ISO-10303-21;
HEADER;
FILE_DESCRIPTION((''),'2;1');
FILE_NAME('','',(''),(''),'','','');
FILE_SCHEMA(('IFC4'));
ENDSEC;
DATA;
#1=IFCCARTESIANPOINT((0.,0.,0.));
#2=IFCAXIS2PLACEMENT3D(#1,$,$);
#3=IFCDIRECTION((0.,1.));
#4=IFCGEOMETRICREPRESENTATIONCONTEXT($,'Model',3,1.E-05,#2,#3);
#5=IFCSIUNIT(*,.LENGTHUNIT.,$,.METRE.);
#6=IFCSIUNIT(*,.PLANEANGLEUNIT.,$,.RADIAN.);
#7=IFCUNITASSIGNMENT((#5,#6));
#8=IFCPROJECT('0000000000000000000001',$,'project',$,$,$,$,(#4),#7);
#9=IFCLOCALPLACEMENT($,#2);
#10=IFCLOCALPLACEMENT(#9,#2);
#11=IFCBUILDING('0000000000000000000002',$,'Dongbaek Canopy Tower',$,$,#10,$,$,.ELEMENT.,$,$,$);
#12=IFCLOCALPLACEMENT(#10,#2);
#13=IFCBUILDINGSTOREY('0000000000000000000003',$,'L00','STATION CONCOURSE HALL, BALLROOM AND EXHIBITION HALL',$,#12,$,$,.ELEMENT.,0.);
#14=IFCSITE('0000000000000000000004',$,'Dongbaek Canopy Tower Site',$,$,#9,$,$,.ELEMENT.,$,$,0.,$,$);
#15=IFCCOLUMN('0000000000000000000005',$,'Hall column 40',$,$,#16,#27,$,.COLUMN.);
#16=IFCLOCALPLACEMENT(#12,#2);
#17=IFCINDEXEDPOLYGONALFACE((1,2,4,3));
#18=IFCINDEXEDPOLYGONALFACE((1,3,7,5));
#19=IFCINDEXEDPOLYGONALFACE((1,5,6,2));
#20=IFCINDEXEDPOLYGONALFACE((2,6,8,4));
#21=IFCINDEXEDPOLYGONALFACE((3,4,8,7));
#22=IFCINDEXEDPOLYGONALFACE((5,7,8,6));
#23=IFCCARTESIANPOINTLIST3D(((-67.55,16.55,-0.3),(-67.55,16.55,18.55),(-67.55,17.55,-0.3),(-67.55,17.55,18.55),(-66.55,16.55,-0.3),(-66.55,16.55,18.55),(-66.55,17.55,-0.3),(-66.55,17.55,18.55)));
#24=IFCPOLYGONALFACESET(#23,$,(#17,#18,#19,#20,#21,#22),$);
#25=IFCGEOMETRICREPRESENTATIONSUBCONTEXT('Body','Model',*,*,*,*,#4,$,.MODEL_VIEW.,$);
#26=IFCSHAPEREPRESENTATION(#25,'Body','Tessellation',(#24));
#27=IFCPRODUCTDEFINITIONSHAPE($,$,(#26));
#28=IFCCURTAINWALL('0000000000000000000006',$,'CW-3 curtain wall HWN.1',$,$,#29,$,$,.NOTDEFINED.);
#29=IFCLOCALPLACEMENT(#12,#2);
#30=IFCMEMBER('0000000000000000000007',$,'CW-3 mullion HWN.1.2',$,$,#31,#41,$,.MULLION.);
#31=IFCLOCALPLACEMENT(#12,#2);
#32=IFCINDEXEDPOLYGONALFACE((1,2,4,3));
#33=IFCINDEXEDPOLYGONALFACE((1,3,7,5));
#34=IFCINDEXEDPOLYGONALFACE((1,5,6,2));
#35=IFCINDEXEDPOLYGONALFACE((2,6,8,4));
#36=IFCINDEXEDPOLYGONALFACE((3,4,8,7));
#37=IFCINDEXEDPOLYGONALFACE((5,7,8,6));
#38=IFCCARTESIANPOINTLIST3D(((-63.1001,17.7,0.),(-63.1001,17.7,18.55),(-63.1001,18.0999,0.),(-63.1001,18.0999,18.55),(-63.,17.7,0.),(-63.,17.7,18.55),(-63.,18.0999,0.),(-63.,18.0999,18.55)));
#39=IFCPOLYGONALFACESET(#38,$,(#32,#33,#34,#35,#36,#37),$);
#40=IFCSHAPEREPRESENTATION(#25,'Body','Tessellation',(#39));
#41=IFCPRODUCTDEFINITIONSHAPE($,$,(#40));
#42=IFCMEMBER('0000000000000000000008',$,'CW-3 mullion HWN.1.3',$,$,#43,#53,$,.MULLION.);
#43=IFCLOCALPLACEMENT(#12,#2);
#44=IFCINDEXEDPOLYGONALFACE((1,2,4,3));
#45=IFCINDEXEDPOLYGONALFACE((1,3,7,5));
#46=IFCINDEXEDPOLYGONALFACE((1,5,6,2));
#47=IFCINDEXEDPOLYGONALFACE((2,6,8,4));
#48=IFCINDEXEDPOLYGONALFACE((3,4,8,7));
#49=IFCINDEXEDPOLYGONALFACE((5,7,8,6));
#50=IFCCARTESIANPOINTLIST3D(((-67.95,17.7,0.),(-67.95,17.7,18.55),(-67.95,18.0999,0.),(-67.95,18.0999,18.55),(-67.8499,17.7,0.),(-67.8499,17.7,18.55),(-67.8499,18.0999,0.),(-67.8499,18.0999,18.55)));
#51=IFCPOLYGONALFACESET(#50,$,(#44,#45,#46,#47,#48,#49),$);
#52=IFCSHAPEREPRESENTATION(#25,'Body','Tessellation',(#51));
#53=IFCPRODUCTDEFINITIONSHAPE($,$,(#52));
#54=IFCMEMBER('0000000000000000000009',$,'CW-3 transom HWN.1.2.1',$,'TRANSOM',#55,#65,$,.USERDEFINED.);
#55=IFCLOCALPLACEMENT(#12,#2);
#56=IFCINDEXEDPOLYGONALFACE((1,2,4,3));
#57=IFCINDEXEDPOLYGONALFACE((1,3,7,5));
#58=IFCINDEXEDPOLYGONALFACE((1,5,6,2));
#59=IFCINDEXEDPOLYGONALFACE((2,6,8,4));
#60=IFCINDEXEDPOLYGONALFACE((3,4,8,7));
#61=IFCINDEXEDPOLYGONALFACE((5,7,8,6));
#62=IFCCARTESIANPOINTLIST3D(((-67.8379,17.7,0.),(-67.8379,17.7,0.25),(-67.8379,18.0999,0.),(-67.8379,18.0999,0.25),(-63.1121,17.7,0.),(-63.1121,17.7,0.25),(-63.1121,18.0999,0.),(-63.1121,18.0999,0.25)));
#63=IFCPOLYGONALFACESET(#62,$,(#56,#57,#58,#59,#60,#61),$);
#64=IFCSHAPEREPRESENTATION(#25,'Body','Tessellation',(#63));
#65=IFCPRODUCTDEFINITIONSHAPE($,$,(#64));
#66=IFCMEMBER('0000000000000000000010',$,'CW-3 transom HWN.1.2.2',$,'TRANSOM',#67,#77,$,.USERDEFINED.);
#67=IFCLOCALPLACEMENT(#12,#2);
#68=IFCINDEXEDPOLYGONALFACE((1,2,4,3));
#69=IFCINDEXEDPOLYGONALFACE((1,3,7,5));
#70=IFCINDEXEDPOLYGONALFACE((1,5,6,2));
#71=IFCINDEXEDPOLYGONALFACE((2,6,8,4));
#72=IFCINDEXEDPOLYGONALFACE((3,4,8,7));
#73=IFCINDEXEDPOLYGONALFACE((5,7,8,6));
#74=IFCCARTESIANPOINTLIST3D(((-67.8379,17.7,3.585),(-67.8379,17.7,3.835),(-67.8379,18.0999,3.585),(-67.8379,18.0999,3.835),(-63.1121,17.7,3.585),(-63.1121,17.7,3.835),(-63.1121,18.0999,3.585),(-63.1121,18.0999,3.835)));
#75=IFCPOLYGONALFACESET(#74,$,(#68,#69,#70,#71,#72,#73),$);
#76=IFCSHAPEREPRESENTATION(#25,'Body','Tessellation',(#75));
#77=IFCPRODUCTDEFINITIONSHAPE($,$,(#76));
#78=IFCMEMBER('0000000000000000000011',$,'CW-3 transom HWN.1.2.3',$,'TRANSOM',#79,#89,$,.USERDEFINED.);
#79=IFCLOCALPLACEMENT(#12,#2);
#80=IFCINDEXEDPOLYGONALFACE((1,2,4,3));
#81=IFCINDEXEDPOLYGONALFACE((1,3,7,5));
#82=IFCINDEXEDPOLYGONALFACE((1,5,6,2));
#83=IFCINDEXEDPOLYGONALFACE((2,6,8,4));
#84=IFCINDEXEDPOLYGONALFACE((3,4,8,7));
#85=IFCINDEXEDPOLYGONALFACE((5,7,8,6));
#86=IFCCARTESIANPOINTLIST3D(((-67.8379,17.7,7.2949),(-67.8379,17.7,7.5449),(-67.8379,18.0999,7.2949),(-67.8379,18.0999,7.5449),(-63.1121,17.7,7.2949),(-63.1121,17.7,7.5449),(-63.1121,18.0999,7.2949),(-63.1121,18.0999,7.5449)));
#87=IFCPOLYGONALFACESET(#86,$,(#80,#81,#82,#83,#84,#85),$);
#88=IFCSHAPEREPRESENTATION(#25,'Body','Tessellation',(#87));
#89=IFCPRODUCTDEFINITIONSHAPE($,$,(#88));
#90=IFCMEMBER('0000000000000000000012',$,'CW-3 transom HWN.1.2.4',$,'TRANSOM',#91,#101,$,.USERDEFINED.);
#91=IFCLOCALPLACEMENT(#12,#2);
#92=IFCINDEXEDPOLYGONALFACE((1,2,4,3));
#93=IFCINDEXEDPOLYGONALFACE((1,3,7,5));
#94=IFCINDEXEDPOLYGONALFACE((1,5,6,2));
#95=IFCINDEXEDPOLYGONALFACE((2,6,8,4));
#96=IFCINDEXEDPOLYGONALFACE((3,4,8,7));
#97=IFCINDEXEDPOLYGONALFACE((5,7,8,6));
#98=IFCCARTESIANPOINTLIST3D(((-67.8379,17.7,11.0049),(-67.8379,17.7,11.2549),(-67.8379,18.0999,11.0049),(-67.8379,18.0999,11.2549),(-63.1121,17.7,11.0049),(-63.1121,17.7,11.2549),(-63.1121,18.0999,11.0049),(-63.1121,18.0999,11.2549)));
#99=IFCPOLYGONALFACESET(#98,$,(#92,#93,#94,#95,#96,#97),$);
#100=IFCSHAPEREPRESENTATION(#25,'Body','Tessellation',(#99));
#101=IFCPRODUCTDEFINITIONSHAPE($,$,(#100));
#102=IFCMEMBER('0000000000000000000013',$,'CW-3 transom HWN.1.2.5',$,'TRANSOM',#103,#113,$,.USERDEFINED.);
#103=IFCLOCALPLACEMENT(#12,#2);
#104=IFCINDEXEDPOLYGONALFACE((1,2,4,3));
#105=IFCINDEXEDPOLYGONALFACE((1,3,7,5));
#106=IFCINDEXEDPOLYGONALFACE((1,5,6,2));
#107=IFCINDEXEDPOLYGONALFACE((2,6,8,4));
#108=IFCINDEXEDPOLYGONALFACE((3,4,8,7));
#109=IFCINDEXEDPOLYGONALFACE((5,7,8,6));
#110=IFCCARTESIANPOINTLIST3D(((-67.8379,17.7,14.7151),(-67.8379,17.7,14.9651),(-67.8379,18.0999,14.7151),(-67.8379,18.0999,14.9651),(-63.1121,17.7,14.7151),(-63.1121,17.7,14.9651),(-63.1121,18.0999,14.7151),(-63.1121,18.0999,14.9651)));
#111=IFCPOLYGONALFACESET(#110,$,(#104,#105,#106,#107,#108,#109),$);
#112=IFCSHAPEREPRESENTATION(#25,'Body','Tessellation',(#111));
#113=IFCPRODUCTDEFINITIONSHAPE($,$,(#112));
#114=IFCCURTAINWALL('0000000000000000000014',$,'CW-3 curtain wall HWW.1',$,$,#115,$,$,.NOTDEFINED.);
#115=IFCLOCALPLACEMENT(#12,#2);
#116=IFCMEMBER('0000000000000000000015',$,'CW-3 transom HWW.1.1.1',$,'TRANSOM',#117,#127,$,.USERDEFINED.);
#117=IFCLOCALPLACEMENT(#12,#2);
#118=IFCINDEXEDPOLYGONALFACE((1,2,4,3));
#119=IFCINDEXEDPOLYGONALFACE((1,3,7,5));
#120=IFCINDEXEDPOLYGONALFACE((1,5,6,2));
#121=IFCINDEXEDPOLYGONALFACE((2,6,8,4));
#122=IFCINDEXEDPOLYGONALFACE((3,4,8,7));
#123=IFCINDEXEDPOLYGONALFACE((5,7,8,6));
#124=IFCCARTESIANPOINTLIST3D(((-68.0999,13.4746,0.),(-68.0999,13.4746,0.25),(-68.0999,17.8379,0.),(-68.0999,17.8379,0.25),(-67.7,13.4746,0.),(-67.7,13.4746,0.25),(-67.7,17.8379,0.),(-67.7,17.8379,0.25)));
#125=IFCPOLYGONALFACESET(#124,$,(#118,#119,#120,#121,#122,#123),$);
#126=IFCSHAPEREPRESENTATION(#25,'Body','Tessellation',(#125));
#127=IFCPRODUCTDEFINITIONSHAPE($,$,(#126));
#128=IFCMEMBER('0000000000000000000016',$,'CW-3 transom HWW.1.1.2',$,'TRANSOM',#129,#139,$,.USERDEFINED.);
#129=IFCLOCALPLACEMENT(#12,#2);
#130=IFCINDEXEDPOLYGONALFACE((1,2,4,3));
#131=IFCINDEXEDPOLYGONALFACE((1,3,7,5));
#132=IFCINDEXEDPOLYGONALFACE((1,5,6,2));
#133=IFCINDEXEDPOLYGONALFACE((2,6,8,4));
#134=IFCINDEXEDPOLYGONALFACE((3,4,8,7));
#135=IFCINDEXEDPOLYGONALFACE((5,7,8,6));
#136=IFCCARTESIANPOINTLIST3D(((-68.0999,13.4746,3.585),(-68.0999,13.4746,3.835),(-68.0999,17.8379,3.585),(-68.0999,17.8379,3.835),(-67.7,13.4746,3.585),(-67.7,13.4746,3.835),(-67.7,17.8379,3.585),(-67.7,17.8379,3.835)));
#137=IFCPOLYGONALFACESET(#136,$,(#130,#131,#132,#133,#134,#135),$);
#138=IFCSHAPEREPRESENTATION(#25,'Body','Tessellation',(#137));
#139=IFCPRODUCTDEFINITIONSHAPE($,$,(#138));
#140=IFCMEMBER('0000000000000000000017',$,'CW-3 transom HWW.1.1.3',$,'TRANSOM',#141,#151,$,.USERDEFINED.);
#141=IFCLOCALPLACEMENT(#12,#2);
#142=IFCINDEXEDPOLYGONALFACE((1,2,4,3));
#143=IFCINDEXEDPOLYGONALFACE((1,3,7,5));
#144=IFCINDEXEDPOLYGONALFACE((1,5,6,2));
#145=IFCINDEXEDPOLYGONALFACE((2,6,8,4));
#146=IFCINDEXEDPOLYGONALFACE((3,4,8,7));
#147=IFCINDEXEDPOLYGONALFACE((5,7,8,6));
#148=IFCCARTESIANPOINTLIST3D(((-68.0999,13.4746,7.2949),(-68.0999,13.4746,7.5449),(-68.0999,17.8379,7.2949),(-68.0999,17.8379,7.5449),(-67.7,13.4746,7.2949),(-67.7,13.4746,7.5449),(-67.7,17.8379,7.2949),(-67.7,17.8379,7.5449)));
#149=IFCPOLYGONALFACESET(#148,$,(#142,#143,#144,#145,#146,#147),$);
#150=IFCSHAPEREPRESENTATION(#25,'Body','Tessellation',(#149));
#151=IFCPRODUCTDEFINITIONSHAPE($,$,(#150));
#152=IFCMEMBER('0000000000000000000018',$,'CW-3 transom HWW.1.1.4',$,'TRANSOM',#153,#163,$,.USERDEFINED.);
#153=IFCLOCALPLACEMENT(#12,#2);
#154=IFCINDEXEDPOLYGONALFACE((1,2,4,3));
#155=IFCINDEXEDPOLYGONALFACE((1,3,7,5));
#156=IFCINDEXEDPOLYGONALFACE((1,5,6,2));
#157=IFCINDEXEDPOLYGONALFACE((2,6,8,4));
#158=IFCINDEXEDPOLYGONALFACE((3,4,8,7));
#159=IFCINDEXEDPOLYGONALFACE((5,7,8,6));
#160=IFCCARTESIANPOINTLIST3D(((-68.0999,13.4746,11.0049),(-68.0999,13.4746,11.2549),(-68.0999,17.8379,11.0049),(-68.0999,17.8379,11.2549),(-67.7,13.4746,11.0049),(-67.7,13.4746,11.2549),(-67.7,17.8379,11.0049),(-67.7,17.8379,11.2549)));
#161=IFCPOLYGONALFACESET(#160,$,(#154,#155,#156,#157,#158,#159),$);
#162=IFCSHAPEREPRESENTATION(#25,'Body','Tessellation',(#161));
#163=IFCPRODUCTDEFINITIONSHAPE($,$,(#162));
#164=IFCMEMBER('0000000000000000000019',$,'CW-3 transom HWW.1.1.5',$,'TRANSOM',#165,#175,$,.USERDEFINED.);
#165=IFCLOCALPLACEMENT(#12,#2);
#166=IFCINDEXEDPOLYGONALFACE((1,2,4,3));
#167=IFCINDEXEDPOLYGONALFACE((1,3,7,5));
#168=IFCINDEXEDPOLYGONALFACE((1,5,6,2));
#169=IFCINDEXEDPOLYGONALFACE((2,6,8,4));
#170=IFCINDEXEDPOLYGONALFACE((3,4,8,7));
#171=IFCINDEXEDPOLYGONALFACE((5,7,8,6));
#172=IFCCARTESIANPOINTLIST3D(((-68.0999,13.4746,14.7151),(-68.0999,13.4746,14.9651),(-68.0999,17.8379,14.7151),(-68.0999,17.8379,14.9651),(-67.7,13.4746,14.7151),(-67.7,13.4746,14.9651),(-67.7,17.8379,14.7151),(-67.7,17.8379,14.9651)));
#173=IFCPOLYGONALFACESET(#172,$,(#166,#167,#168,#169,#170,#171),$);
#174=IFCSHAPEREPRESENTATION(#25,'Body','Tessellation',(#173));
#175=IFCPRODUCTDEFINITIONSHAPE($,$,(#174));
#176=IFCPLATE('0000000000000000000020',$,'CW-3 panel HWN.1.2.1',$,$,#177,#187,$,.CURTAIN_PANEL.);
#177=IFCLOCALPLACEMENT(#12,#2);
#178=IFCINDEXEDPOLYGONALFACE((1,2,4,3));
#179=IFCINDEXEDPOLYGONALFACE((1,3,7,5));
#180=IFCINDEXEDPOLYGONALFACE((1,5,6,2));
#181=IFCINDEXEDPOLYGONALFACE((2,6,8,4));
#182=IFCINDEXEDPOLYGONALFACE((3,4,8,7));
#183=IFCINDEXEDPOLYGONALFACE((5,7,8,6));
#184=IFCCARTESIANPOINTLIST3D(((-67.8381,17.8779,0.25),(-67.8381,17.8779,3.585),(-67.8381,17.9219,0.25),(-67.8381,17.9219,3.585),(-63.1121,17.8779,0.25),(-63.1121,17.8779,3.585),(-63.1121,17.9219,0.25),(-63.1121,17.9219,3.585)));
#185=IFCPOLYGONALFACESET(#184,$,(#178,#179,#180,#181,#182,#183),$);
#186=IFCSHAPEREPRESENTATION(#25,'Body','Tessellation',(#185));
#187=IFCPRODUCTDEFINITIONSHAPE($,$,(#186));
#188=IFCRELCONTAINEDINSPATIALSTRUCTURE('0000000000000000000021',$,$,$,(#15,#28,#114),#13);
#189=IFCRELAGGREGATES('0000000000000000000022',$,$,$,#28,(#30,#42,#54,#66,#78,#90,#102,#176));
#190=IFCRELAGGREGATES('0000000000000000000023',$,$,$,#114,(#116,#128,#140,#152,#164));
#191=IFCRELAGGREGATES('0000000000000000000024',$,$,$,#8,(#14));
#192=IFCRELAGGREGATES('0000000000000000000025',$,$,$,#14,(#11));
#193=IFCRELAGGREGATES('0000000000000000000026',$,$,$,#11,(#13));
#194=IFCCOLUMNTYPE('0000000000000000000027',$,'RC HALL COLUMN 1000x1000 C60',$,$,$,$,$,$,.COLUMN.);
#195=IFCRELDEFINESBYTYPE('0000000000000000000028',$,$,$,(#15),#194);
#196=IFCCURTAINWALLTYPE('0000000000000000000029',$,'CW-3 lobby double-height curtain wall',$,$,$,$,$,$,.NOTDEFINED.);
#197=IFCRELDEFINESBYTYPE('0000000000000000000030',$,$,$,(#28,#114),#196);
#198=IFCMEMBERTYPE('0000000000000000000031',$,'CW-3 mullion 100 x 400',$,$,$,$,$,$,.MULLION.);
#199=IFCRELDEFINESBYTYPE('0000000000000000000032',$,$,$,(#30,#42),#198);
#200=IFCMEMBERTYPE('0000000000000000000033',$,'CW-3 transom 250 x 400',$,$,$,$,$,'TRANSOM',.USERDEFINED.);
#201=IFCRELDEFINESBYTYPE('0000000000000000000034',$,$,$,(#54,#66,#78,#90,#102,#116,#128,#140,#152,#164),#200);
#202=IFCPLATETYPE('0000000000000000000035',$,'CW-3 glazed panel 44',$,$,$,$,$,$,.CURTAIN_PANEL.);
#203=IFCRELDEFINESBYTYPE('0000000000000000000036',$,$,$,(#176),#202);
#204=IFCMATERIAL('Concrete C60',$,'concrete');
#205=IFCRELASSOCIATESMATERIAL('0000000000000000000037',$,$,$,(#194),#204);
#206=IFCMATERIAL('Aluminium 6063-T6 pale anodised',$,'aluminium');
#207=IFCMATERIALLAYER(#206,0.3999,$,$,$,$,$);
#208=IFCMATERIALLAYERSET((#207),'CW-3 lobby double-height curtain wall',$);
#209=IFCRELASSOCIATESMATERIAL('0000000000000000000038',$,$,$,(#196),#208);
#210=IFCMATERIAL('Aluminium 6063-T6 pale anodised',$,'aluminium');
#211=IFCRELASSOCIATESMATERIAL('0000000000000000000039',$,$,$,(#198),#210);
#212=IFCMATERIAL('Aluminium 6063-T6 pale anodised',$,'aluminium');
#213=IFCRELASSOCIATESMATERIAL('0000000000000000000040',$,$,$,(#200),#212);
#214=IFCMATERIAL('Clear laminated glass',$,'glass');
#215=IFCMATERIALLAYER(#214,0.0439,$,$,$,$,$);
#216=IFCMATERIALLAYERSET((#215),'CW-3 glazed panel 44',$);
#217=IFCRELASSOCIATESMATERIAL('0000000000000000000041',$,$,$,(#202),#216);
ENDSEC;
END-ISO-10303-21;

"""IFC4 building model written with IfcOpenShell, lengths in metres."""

from ifc_helpers import new_model, si_unit, direction, frame, origin, origin_2d, place, context, subcontext, project, spatial, rectangle, extrude, material, layer, layer_set, material_profile, profile_set, type_object, element, aggregate, save


model = new_model("IFC4")

# Units and contexts
model_context = context("Model", 3, precision=1e-05, world=origin(), true_north=direction((0.0, 1.0)))
body_context = subcontext(model_context, "Body", "Model", "MODEL_VIEW")
ifc_project = project(units=[si_unit("LENGTHUNIT", "METRE"), si_unit("PLANEANGLEUNIT", "RADIAN")], contexts=[model_context])

# Site, building, storey
site_placement = place(None, origin())
site = spatial("IfcSite", under=ifc_project, at=site_placement, Name="Dongbaek Canopy Tower Site", CompositionType="ELEMENT", RefElevation=0.0)
building_placement = place(site_placement, origin())
building = spatial("IfcBuilding", under=site, at=building_placement, Name="Dongbaek Canopy Tower", CompositionType="ELEMENT")
storey_placement = place(building_placement, origin())
storey = spatial("IfcBuildingStorey", under=building, at=storey_placement, Name="L00", Description="STATION CONCOURSE HALL, BALLROOM AND EXHIBITION HALL", CompositionType="ELEMENT", Elevation=0.0)

# Column
ifc_material_1 = material(Name="Concrete C60", Category="concrete")
ifc_material_profile_1 = material_profile(ifc_material_1, rectangle(XDim=1.0, YDim=1.0, at=origin_2d()), Name="RC HALL COLUMN 1000x1000 C60")
ifc_profile_set_1 = profile_set([ifc_material_profile_1], Name="Concrete C60")
column_type = type_object("IfcColumnType", Name="RC HALL COLUMN 1000x1000 C60", PredefinedType="COLUMN", material=ifc_profile_set_1)
column_placement = place(storey_placement, frame((-67.05, 17.05, -0.3), z_axis=(0.0, 0.0, 1.0), x_axis=(1.0, 0.0, 0.0)))
element("IfcColumn", 1, at=column_placement, inside=storey, type_object=column_type, Name="Hall column 40", PredefinedType="COLUMN", context=body_context, shape_type="SweptSolid", body=[
    extrude(rectangle(XDim=1.0, YDim=1.0, at=origin_2d()), origin(), (0.0, 0.0, 1.0), 18.8501),
])

# Curtain walls, members
ifc_material_2 = material(Name="Aluminium 6063-T6 pale anodised", Category="aluminium")
ifc_layer_1 = layer(ifc_material_2, 0.3999)
ifc_layer_set_1 = layer_set([ifc_layer_1], Name="CW-3 lobby double-height curtain wall")
curtain_wall_type = type_object("IfcCurtainWallType", Name="CW-3 lobby double-height curtain wall", PredefinedType="NOTDEFINED", material=ifc_layer_set_1)
curtain_wall_1_placement = place(storey_placement, origin())
curtain_wall_1 = element("IfcCurtainWall", 2, at=curtain_wall_1_placement, inside=storey, type_object=curtain_wall_type, Name="CW-3 curtain wall HWN.1", PredefinedType="NOTDEFINED")
ifc_material_3 = material(Name="Aluminium 6063-T6 pale anodised", Category="aluminium")
ifc_material_profile_2 = material_profile(ifc_material_3, rectangle(XDim=0.3999, YDim=0.1001, at=origin_2d()), Name="CW-3 mullion 100 x 400")
ifc_profile_set_2 = profile_set([ifc_material_profile_2], Name="Aluminium 6063-T6 pale anodised")
member_type_1 = type_object("IfcMemberType", Name="CW-3 mullion 100 x 400", PredefinedType="MULLION", material=ifc_profile_set_2)
member_1_placement = place(storey_placement, frame((-63.05, 17.8999, 0.0), z_axis=(0.0, 0.0, 1.0), x_axis=(0.0, 1.0, 0.0)))
member_1 = element("IfcMember", 3, at=member_1_placement, type_object=member_type_1, Name="CW-3 mullion HWN.1.2", PredefinedType="MULLION", context=body_context, shape_type="SweptSolid", body=[
    extrude(rectangle(XDim=0.3999, YDim=0.1001, at=origin_2d()), origin(), (0.0, 0.0, 1.0), 18.55),
])
member_2_placement = place(storey_placement, frame((-67.8999, 17.8999, 0.0), z_axis=(0.0, 0.0, 1.0), x_axis=(0.0, 1.0, 0.0)))
member_2 = element("IfcMember", 4, at=member_2_placement, type_object=member_type_1, Name="CW-3 mullion HWN.1.3", PredefinedType="MULLION", context=body_context, shape_type="SweptSolid", body=[
    extrude(rectangle(XDim=0.3999, YDim=0.1001, at=origin_2d()), origin(), (0.0, 0.0, 1.0), 18.55),
])
ifc_material_4 = material(Name="Aluminium 6063-T6 pale anodised", Category="aluminium")
ifc_material_profile_3 = material_profile(ifc_material_4, rectangle(XDim=0.3999, YDim=0.25, at=origin_2d()), Name="CW-3 transom 250 x 400")
ifc_profile_set_3 = profile_set([ifc_material_profile_3], Name="Aluminium 6063-T6 pale anodised")
member_type_2 = type_object("IfcMemberType", Name="CW-3 transom 250 x 400", ElementType="TRANSOM", PredefinedType="USERDEFINED", material=ifc_profile_set_3)
member_3_placement = place(storey_placement, frame((-63.1121, 17.8999, 0.125), z_axis=(-1.0, 0.0, 0.0), x_axis=(0.0, -1.0, 0.0)))
member_3 = element("IfcMember", 5, at=member_3_placement, type_object=member_type_2, Name="CW-3 transom HWN.1.2.1", ObjectType="TRANSOM", PredefinedType="USERDEFINED", context=body_context, shape_type="SweptSolid", body=[
    extrude(rectangle(XDim=0.3999, YDim=0.25, at=origin_2d()), origin(), (0.0, 0.0, 1.0), 4.7258),
])
member_4_placement = place(storey_placement, frame((-63.1121, 17.8999, 3.71), z_axis=(-1.0, 0.0, 0.0), x_axis=(0.0, -1.0, 0.0)))
member_4 = element("IfcMember", 6, at=member_4_placement, type_object=member_type_2, Name="CW-3 transom HWN.1.2.2", ObjectType="TRANSOM", PredefinedType="USERDEFINED", context=body_context, shape_type="SweptSolid", body=[
    extrude(rectangle(XDim=0.3999, YDim=0.25, at=origin_2d()), origin(), (0.0, 0.0, 1.0), 4.7258),
])
member_5_placement = place(storey_placement, frame((-63.1121, 17.8999, 7.4199), z_axis=(-1.0, 0.0, 0.0), x_axis=(0.0, -1.0, 0.0)))
member_5 = element("IfcMember", 7, at=member_5_placement, type_object=member_type_2, Name="CW-3 transom HWN.1.2.3", ObjectType="TRANSOM", PredefinedType="USERDEFINED", context=body_context, shape_type="SweptSolid", body=[
    extrude(rectangle(XDim=0.3999, YDim=0.25, at=origin_2d()), origin(), (0.0, 0.0, 1.0), 4.7258),
])
member_6_placement = place(storey_placement, frame((-63.1121, 17.8999, 11.1299), z_axis=(-1.0, 0.0, 0.0), x_axis=(0.0, -1.0, 0.0)))
member_6 = element("IfcMember", 8, at=member_6_placement, type_object=member_type_2, Name="CW-3 transom HWN.1.2.4", ObjectType="TRANSOM", PredefinedType="USERDEFINED", context=body_context, shape_type="SweptSolid", body=[
    extrude(rectangle(XDim=0.3999, YDim=0.25, at=origin_2d()), origin(), (0.0, 0.0, 1.0), 4.7258),
])
member_7_placement = place(storey_placement, frame((-63.1121, 17.8999, 14.8401), z_axis=(-1.0, 0.0, 0.0), x_axis=(0.0, -1.0, 0.0)))
member_7 = element("IfcMember", 9, at=member_7_placement, type_object=member_type_2, Name="CW-3 transom HWN.1.2.5", ObjectType="TRANSOM", PredefinedType="USERDEFINED", context=body_context, shape_type="SweptSolid", body=[
    extrude(rectangle(XDim=0.3999, YDim=0.25, at=origin_2d()), origin(), (0.0, 0.0, 1.0), 4.7258),
])
curtain_wall_2_placement = place(storey_placement, origin())
curtain_wall_2 = element("IfcCurtainWall", 10, at=curtain_wall_2_placement, inside=storey, type_object=curtain_wall_type, Name="CW-3 curtain wall HWW.1", PredefinedType="NOTDEFINED")
member_8_placement = place(storey_placement, frame((-67.8999, 17.8379, 0.125), z_axis=(0.0, -1.0, 0.0), x_axis=(1.0, 0.0, 0.0)))
member_8 = element("IfcMember", 11, at=member_8_placement, type_object=member_type_2, Name="CW-3 transom HWW.1.1.1", ObjectType="TRANSOM", PredefinedType="USERDEFINED", context=body_context, shape_type="SweptSolid", body=[
    extrude(rectangle(XDim=0.3999, YDim=0.25, at=origin_2d()), origin(), (0.0, 0.0, 1.0), 4.3633),
])
member_9_placement = place(storey_placement, frame((-67.8999, 17.8379, 3.71), z_axis=(0.0, -1.0, 0.0), x_axis=(1.0, 0.0, 0.0)))
member_9 = element("IfcMember", 12, at=member_9_placement, type_object=member_type_2, Name="CW-3 transom HWW.1.1.2", ObjectType="TRANSOM", PredefinedType="USERDEFINED", context=body_context, shape_type="SweptSolid", body=[
    extrude(rectangle(XDim=0.3999, YDim=0.25, at=origin_2d()), origin(), (0.0, 0.0, 1.0), 4.3633),
])
member_10_placement = place(storey_placement, frame((-67.8999, 17.8379, 7.4199), z_axis=(0.0, -1.0, 0.0), x_axis=(1.0, 0.0, 0.0)))
member_10 = element("IfcMember", 13, at=member_10_placement, type_object=member_type_2, Name="CW-3 transom HWW.1.1.3", ObjectType="TRANSOM", PredefinedType="USERDEFINED", context=body_context, shape_type="SweptSolid", body=[
    extrude(rectangle(XDim=0.3999, YDim=0.25, at=origin_2d()), origin(), (0.0, 0.0, 1.0), 4.3633),
])
member_11_placement = place(storey_placement, frame((-67.8999, 17.8379, 11.1299), z_axis=(0.0, -1.0, 0.0), x_axis=(1.0, 0.0, 0.0)))
member_11 = element("IfcMember", 14, at=member_11_placement, type_object=member_type_2, Name="CW-3 transom HWW.1.1.4", ObjectType="TRANSOM", PredefinedType="USERDEFINED", context=body_context, shape_type="SweptSolid", body=[
    extrude(rectangle(XDim=0.3999, YDim=0.25, at=origin_2d()), origin(), (0.0, 0.0, 1.0), 4.3633),
])
member_12_placement = place(storey_placement, frame((-67.8999, 17.8379, 14.8401), z_axis=(0.0, -1.0, 0.0), x_axis=(1.0, 0.0, 0.0)))
member_12 = element("IfcMember", 15, at=member_12_placement, type_object=member_type_2, Name="CW-3 transom HWW.1.1.5", ObjectType="TRANSOM", PredefinedType="USERDEFINED", context=body_context, shape_type="SweptSolid", body=[
    extrude(rectangle(XDim=0.3999, YDim=0.25, at=origin_2d()), origin(), (0.0, 0.0, 1.0), 4.3633),
])

# Plate
ifc_material_5 = material(Name="Clear laminated glass", Category="glass")
ifc_layer_2 = layer(ifc_material_5, 0.0439)
ifc_layer_set_2 = layer_set([ifc_layer_2], Name="CW-3 glazed panel 44")
plate_type = type_object("IfcPlateType", Name="CW-3 glazed panel 44", PredefinedType="CURTAIN_PANEL", material=ifc_layer_set_2)
plate_1_placement = place(storey_placement, frame((-65.4751, 17.8999, 0.25), z_axis=(0.0, 0.0, 1.0), x_axis=(-1.0, 0.0, 0.0)))
plate_1 = element("IfcPlate", 16, at=plate_1_placement, type_object=plate_type, Name="CW-3 panel HWN.1.2.1", PredefinedType="CURTAIN_PANEL", context=body_context, shape_type="SweptSolid", body=[
    extrude(rectangle(XDim=4.7261, YDim=0.0439, at=origin_2d()), origin(), (0.0, 0.0, 1.0), 3.335),
])
aggregate(curtain_wall_1, [member_1, member_2, member_3, member_4, member_5, member_6, member_7, plate_1])
aggregate(curtain_wall_2, [member_8, member_9, member_10, member_11, member_12])

save(model, "model.ifc")
